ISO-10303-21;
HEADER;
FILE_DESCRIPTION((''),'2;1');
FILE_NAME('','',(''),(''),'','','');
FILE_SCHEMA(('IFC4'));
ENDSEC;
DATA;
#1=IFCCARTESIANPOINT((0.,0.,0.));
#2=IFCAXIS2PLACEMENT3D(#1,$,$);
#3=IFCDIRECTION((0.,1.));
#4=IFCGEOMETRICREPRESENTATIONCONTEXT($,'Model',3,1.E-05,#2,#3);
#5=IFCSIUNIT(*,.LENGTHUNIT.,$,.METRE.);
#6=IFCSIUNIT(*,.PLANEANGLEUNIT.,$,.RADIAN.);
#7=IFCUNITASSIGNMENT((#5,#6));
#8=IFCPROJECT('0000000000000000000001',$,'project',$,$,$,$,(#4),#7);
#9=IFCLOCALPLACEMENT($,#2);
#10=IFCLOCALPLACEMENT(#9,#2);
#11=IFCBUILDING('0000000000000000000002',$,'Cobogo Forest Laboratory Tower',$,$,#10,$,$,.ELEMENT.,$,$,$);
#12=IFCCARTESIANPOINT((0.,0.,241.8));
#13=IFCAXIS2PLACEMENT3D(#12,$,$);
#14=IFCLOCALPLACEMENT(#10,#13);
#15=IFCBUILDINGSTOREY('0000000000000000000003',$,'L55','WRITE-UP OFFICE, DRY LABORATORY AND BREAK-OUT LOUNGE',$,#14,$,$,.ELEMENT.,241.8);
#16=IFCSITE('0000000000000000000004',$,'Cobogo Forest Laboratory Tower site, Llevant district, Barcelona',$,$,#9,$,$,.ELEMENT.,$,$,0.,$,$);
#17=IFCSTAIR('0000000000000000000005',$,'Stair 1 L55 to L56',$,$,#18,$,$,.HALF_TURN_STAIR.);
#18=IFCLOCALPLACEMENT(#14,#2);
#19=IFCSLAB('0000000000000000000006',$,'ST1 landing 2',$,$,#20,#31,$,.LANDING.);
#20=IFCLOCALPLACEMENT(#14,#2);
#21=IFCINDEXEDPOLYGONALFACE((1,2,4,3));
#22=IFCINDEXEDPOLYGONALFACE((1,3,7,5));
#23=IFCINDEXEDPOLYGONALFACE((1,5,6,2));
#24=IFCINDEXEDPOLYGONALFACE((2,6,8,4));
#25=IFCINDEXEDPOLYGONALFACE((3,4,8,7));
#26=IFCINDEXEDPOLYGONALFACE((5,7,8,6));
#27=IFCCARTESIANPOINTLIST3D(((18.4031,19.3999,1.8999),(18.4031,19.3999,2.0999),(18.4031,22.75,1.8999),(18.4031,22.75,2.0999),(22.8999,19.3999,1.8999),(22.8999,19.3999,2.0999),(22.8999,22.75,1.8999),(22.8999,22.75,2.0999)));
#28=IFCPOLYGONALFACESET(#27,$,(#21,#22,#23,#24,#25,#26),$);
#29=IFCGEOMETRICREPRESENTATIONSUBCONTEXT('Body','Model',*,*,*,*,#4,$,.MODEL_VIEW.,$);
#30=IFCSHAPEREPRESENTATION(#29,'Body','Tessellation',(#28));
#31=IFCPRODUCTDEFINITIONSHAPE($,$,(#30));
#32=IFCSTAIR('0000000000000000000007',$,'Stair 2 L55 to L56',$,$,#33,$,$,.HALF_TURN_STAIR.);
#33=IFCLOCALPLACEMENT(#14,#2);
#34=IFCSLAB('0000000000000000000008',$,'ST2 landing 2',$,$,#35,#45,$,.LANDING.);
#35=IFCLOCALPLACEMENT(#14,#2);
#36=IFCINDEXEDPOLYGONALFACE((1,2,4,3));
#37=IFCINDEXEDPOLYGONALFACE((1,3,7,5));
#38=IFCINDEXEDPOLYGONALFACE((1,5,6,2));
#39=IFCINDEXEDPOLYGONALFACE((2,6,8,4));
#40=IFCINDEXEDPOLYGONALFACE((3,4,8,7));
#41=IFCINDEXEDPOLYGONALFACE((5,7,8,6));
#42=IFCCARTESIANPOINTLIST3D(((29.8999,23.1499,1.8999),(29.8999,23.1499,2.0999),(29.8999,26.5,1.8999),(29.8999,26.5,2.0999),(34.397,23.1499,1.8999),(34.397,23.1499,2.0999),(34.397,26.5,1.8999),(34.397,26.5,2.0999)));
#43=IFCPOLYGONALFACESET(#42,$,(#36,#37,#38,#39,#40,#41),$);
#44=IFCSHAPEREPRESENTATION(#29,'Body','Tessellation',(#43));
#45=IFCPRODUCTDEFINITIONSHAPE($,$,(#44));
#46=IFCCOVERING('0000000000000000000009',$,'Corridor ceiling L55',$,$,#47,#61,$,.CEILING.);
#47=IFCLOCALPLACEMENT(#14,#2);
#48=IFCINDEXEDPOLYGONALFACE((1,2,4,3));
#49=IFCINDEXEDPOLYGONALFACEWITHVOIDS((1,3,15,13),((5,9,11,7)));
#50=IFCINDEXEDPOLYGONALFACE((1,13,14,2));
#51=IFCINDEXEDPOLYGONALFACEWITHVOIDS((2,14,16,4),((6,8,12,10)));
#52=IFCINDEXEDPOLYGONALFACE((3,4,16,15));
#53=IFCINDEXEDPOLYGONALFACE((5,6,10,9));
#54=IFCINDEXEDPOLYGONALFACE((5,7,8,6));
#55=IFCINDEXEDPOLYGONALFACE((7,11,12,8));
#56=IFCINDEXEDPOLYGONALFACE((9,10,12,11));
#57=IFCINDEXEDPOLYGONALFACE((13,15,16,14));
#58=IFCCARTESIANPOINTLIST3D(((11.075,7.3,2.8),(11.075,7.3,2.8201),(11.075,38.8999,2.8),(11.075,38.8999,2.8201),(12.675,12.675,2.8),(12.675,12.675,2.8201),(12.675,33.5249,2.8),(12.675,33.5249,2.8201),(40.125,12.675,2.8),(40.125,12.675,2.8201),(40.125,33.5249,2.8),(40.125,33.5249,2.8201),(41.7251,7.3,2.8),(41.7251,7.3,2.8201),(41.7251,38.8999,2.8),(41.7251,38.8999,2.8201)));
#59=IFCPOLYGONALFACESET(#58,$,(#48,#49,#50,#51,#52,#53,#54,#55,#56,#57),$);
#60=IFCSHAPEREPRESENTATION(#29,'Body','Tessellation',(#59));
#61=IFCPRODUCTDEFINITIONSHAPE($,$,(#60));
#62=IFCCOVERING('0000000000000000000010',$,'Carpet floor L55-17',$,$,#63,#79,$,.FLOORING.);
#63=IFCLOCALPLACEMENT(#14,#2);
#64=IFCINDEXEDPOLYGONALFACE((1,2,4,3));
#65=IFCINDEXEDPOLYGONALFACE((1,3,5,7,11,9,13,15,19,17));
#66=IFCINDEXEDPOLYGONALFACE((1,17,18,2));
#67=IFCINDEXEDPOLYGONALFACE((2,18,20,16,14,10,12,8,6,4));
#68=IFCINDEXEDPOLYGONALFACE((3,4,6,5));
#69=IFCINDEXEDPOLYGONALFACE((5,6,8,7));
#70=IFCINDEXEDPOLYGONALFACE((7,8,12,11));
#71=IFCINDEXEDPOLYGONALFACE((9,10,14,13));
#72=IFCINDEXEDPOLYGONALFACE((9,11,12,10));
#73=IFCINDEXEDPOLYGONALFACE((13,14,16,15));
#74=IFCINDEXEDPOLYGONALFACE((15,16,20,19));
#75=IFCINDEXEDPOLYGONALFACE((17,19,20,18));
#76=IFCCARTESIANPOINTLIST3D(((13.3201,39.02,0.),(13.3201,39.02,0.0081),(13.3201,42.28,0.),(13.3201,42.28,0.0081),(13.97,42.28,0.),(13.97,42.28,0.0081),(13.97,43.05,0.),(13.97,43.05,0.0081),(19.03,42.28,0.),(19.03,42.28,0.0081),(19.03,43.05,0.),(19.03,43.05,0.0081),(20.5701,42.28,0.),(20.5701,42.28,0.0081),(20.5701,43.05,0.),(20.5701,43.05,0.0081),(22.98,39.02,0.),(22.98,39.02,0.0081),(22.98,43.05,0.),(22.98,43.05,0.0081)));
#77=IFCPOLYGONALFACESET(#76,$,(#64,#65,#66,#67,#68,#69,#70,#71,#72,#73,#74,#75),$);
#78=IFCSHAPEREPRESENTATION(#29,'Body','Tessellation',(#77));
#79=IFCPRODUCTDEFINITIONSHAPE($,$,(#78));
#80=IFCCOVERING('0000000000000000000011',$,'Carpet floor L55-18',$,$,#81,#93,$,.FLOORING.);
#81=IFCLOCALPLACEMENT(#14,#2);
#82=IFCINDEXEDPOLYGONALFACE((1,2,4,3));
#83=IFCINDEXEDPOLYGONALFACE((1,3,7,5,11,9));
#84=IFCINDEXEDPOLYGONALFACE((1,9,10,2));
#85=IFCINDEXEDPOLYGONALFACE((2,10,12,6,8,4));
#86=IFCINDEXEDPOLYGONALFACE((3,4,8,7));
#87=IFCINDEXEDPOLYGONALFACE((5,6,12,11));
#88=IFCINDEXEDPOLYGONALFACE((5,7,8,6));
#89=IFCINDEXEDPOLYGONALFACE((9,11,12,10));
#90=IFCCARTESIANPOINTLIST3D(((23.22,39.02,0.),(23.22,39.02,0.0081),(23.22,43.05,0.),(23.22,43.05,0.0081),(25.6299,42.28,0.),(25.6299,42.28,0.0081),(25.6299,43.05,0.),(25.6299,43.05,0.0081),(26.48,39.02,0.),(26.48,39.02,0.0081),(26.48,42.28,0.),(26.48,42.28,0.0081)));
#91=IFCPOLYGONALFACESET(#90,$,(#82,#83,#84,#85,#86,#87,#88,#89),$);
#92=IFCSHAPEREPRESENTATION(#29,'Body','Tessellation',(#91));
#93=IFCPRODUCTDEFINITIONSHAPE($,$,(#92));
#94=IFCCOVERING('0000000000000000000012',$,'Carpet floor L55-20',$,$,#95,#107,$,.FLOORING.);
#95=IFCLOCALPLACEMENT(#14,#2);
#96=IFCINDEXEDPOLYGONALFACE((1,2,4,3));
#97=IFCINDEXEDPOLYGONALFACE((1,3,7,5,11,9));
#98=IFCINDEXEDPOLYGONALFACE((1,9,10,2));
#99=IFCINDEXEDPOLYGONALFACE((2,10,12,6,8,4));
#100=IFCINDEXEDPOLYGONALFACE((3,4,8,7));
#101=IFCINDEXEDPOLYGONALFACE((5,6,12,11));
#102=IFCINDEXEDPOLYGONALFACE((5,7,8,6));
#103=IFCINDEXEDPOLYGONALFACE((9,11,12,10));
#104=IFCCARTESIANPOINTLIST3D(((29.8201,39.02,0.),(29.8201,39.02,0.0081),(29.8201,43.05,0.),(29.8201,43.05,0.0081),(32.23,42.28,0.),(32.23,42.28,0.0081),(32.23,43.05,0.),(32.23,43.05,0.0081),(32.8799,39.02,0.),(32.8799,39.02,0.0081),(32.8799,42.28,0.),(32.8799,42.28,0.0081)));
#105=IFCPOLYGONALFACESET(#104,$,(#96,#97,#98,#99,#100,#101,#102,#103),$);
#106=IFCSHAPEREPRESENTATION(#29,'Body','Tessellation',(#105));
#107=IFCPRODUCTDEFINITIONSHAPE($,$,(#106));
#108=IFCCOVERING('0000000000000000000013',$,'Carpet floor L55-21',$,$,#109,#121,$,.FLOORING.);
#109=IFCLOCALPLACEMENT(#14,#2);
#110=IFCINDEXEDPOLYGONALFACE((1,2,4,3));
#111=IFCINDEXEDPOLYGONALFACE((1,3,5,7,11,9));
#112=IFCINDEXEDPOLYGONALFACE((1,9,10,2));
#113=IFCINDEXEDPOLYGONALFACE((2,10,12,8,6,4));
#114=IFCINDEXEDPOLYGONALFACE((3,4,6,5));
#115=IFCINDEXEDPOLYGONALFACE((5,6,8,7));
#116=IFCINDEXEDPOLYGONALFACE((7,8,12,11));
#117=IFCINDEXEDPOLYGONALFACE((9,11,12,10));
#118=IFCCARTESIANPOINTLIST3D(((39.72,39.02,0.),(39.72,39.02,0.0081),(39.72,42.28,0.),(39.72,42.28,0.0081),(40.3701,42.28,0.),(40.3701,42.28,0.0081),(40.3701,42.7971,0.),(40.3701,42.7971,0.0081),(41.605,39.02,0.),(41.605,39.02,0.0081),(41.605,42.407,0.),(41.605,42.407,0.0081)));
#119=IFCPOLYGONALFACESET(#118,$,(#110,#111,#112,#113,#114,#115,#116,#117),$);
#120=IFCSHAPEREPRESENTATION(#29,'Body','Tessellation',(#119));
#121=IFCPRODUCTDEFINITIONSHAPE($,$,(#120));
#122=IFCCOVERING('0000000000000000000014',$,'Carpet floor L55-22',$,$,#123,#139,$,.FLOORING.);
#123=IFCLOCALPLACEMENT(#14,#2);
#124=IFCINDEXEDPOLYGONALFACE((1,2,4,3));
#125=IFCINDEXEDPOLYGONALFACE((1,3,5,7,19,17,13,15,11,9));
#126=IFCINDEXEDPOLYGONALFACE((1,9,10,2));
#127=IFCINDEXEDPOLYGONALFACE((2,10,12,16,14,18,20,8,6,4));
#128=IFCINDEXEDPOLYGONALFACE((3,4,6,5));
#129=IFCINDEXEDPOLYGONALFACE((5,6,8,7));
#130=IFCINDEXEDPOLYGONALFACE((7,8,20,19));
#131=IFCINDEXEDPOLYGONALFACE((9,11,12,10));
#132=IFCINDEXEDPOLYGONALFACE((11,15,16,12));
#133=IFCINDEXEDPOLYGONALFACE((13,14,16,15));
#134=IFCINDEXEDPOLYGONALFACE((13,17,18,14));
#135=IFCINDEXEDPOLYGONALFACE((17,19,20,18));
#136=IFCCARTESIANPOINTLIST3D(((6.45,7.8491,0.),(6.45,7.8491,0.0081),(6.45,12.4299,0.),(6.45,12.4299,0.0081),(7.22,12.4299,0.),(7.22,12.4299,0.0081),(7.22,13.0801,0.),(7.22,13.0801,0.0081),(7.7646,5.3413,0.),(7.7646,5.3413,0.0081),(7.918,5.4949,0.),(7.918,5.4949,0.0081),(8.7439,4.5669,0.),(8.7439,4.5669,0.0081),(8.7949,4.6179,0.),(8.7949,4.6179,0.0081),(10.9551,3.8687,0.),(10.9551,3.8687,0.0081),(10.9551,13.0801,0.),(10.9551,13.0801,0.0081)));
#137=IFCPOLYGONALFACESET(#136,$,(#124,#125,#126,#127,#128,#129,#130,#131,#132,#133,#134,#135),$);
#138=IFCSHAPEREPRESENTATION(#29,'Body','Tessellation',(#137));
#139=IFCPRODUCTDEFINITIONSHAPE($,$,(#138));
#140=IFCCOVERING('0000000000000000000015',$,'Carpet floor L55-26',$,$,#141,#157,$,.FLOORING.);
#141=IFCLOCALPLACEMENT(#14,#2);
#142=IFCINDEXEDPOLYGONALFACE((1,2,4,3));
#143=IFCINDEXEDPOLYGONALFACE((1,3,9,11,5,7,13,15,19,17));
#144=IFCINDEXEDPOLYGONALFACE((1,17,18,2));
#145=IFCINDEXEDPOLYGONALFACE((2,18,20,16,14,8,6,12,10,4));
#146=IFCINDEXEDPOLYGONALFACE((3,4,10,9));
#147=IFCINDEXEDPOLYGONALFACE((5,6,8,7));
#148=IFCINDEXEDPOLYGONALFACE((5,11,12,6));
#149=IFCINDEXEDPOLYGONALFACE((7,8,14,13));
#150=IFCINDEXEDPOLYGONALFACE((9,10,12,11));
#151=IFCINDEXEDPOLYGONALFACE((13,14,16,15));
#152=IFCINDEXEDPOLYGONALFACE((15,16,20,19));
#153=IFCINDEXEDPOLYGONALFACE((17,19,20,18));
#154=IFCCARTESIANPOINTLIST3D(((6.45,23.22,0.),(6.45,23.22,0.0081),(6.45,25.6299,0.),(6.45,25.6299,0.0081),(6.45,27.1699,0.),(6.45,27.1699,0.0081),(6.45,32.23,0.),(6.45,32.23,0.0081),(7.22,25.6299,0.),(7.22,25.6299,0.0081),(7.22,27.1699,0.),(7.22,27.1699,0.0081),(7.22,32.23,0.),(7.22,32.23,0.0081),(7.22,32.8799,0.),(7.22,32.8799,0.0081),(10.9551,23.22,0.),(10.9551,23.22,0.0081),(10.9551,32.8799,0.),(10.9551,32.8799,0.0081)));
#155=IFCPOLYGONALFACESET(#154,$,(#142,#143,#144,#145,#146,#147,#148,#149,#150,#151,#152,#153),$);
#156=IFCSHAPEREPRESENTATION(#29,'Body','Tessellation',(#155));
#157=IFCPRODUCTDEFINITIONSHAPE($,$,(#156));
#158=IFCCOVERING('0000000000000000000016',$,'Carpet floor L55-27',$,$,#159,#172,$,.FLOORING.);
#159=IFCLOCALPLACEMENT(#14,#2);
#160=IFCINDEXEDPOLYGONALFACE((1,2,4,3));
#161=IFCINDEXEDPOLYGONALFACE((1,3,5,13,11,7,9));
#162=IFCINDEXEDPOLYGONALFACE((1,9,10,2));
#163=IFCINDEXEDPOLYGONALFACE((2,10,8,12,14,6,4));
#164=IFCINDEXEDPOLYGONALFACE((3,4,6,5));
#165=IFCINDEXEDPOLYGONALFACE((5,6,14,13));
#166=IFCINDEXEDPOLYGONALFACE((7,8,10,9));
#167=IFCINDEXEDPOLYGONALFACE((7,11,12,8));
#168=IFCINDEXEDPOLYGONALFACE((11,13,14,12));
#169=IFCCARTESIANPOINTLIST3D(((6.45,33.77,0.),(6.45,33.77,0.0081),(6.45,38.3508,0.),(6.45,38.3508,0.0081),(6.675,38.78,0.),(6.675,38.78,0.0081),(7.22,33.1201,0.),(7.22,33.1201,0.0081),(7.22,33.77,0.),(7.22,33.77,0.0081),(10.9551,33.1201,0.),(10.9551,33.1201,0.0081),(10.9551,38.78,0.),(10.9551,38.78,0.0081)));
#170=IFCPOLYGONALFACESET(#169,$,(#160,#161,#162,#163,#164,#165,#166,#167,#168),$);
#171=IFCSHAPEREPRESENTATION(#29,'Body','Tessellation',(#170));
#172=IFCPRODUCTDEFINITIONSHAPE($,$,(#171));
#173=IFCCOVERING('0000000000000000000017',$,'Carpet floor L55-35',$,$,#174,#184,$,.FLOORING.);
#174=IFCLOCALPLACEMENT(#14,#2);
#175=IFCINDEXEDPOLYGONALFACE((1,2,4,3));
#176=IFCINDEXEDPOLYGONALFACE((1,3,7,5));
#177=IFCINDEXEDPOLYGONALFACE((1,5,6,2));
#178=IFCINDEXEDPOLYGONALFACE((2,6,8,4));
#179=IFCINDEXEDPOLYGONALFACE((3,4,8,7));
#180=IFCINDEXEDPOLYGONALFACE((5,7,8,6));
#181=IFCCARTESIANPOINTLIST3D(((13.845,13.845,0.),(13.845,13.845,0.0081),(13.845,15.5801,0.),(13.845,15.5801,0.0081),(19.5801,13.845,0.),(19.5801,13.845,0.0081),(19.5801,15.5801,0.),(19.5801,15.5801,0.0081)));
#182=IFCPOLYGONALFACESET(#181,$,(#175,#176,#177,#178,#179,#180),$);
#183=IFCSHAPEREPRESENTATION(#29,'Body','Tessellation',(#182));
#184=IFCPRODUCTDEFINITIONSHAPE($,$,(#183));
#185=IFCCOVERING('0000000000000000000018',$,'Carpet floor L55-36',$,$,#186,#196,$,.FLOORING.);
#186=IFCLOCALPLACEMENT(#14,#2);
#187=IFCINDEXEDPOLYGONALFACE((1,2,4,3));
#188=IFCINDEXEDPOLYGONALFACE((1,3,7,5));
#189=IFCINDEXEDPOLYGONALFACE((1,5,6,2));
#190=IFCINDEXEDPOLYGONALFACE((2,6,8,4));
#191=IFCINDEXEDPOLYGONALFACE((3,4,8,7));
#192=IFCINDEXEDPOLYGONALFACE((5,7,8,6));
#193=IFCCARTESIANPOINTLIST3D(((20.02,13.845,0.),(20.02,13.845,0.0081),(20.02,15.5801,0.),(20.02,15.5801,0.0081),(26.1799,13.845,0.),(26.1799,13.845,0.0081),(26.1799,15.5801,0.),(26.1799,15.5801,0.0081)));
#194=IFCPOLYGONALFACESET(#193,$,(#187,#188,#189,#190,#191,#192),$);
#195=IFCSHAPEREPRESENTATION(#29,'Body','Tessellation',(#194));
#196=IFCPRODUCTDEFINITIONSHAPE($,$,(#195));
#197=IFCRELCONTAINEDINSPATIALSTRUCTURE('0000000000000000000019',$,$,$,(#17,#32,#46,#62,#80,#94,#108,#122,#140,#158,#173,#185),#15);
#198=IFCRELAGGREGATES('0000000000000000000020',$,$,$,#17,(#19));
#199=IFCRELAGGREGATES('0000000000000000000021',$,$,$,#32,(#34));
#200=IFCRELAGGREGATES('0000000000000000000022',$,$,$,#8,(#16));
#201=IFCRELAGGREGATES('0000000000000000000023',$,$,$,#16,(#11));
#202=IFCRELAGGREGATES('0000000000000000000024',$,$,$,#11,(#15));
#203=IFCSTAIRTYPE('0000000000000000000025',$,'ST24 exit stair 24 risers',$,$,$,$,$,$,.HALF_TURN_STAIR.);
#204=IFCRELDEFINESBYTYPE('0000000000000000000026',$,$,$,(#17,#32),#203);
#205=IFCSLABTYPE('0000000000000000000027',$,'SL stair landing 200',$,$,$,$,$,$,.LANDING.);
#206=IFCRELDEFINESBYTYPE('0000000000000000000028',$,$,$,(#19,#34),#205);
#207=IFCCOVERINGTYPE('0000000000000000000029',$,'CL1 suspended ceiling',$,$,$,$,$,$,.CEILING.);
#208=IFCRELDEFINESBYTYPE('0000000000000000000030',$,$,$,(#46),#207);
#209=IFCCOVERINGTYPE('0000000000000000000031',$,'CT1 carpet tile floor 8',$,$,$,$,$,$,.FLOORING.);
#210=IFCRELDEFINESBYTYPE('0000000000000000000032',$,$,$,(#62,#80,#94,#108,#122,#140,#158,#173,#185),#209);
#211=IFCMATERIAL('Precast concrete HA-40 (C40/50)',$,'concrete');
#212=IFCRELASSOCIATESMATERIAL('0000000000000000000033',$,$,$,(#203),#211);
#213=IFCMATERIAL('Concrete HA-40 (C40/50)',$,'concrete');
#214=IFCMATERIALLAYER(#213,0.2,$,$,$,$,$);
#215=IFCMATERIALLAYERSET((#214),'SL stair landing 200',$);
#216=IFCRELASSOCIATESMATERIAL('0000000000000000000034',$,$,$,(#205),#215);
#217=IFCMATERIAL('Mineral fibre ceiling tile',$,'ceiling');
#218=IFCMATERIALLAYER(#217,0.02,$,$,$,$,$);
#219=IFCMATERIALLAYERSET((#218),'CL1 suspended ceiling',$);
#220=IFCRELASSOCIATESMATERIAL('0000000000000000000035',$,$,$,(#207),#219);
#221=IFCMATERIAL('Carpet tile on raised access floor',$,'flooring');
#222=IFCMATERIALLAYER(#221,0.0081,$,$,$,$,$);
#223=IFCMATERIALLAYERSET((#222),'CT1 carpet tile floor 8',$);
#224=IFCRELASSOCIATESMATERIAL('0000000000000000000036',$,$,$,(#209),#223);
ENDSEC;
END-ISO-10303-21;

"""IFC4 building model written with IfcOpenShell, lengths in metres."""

from ifc_helpers import new_model, si_unit, direction, frame, origin, place, context, subcontext, project, spatial, polyline, outline, extrude, material, layer, layer_set, type_object, element, aggregate, save


model = new_model("IFC4")

# Units and contexts
model_context = context("Model", 3, precision=1e-05, world=origin(), true_north=direction((0.0, 1.0)))
body_context = subcontext(model_context, "Body", "Model", "MODEL_VIEW")
ifc_project = project(units=[si_unit("LENGTHUNIT", "METRE"), si_unit("PLANEANGLEUNIT", "RADIAN")], contexts=[model_context])

# Site, building, storey
site_placement = place(None, origin())
site = spatial("IfcSite", under=ifc_project, at=site_placement, Name="Cobogo Forest Laboratory Tower site, Llevant district, Barcelona", CompositionType="ELEMENT", RefElevation=0.0)
building_placement = place(site_placement, origin())
building = spatial("IfcBuilding", under=site, at=building_placement, Name="Cobogo Forest Laboratory Tower", CompositionType="ELEMENT")
storey_placement = place(building_placement, frame((0.0, 0.0, 241.8)))
storey = spatial("IfcBuildingStorey", under=building, at=storey_placement, Name="L55", Description="WRITE-UP OFFICE, DRY LABORATORY AND BREAK-OUT LOUNGE", CompositionType="ELEMENT", Elevation=241.8)

# Stairs, slabs
ifc_material_1 = material(Name="Precast concrete HA-40 (C40/50)", Category="concrete")
stair_type = type_object("IfcStairType", Name="ST24 exit stair 24 risers", PredefinedType="HALF_TURN_STAIR", material=ifc_material_1)
stair_1_placement = place(storey_placement, origin())
stair_1 = element("IfcStair", 1, at=stair_1_placement, inside=storey, type_object=stair_type, Name="Stair 1 L55 to L56", PredefinedType="HALF_TURN_STAIR")
ifc_material_2 = material(Name="Concrete HA-40 (C40/50)", Category="concrete")
ifc_layer_1 = layer(ifc_material_2, 0.2)
ifc_layer_set_1 = layer_set([ifc_layer_1], Name="SL stair landing 200")
slab_type = type_object("IfcSlabType", Name="SL stair landing 200", PredefinedType="LANDING", material=ifc_layer_set_1)
slab_1_placement = place(storey_placement, frame((0.0, 0.0, 1.8999)))
slab_1 = element("IfcSlab", 2, at=slab_1_placement, type_object=slab_type, Name="ST1 landing 2", PredefinedType="LANDING", context=body_context, shape_type="SweptSolid", body=[
    extrude(outline(polyline([(18.4031, 19.3999), (22.8999, 19.3999), (22.8999, 22.75), (18.4031, 22.75), (18.4031, 19.3999)])), origin(), (0.0, 0.0, 1.0), 0.2),
])
aggregate(stair_1, [slab_1])
stair_2_placement = place(storey_placement, origin())
stair_2 = element("IfcStair", 3, at=stair_2_placement, inside=storey, type_object=stair_type, Name="Stair 2 L55 to L56", PredefinedType="HALF_TURN_STAIR")
slab_2_placement = place(storey_placement, frame((0.0, 0.0, 1.8999)))
slab_2 = element("IfcSlab", 4, at=slab_2_placement, type_object=slab_type, Name="ST2 landing 2", PredefinedType="LANDING", context=body_context, shape_type="SweptSolid", body=[
    extrude(outline(polyline([(29.8999, 23.1499), (34.397, 23.1499), (34.397, 26.5), (29.8999, 26.5), (29.8999, 23.1499)])), origin(), (0.0, 0.0, 1.0), 0.2),
])
aggregate(stair_2, [slab_2])

# Coverings
ifc_material_3 = material(Name="Mineral fibre ceiling tile", Category="ceiling")
ifc_layer_2 = layer(ifc_material_3, 0.02)
ifc_layer_set_2 = layer_set([ifc_layer_2], Name="CL1 suspended ceiling")
covering_type_1 = type_object("IfcCoveringType", Name="CL1 suspended ceiling", PredefinedType="CEILING", material=ifc_layer_set_2)
covering_1_placement = place(storey_placement, frame((0.0, 0.0, 2.8)))
element("IfcCovering", 5, at=covering_1_placement, inside=storey, type_object=covering_type_1, Name="Corridor ceiling L55", PredefinedType="CEILING", context=body_context, shape_type="SweptSolid", body=[
    extrude(outline(polyline([(11.075, 7.3), (11.075, 38.8999), (41.7251, 38.8999), (41.7251, 7.3), (11.075, 7.3)]), holes=[polyline([(40.125, 33.5249), (12.675, 33.5249), (12.675, 12.675), (40.125, 12.675), (40.125, 33.5249)])]), origin(), (0.0, 0.0, 1.0), 0.02),
])
ifc_material_4 = material(Name="Carpet tile on raised access floor", Category="flooring")
ifc_layer_3 = layer(ifc_material_4, 0.0081)
ifc_layer_set_3 = layer_set([ifc_layer_3], Name="CT1 carpet tile floor 8")
covering_type_2 = type_object("IfcCoveringType", Name="CT1 carpet tile floor 8", PredefinedType="FLOORING", material=ifc_layer_set_3)
covering_2_placement = place(storey_placement, origin())
element("IfcCovering", 6, at=covering_2_placement, inside=storey, type_object=covering_type_2, Name="Carpet floor L55-17", PredefinedType="FLOORING", context=body_context, shape_type="SweptSolid", body=[
    extrude(outline(polyline([(13.3201, 39.02), (13.3201, 42.28), (13.97, 42.28), (13.97, 43.05), (19.03, 43.05), (19.03, 42.28), (20.5701, 42.28), (20.5701, 43.05), (22.98, 43.05), (22.98, 39.02), (13.3201, 39.02)])), origin(), (0.0, 0.0, 1.0), 0.0081),
])
covering_3_placement = place(storey_placement, origin())
element("IfcCovering", 7, at=covering_3_placement, inside=storey, type_object=covering_type_2, Name="Carpet floor L55-18", PredefinedType="FLOORING", context=body_context, shape_type="SweptSolid", body=[
    extrude(outline(polyline([(23.22, 39.02), (23.22, 43.05), (25.6299, 43.05), (25.6299, 42.28), (26.48, 42.28), (26.48, 39.02), (23.22, 39.02)])), origin(), (0.0, 0.0, 1.0), 0.0081),
])
covering_4_placement = place(storey_placement, origin())
element("IfcCovering", 8, at=covering_4_placement, inside=storey, type_object=covering_type_2, Name="Carpet floor L55-20", PredefinedType="FLOORING", context=body_context, shape_type="SweptSolid", body=[
    extrude(outline(polyline([(29.8201, 39.02), (29.8201, 43.05), (32.23, 43.05), (32.23, 42.28), (32.8799, 42.28), (32.8799, 39.02), (29.8201, 39.02)])), origin(), (0.0, 0.0, 1.0), 0.0081),
])
covering_5_placement = place(storey_placement, origin())
element("IfcCovering", 9, at=covering_5_placement, inside=storey, type_object=covering_type_2, Name="Carpet floor L55-21", PredefinedType="FLOORING", context=body_context, shape_type="SweptSolid", body=[
    extrude(outline(polyline([(39.72, 39.02), (39.72, 42.28), (40.3701, 42.28), (40.3701, 42.7971), (41.605, 42.407), (41.605, 39.02), (39.72, 39.02)])), origin(), (0.0, 0.0, 1.0), 0.0081),
])
covering_6_placement = place(storey_placement, origin())
element("IfcCovering", 10, at=covering_6_placement, inside=storey, type_object=covering_type_2, Name="Carpet floor L55-22", PredefinedType="FLOORING", context=body_context, shape_type="SweptSolid", body=[
    extrude(outline(polyline([(8.7439, 4.5669), (8.7949, 4.6179), (7.918, 5.4949), (7.7646, 5.3413), (6.45, 7.8491), (6.45, 12.4299), (7.22, 12.4299), (7.22, 13.0801), (10.9551, 13.0801), (10.9551, 3.8687), (8.7439, 4.5669)])), origin(), (0.0, 0.0, 1.0), 0.0081),
])
covering_7_placement = place(storey_placement, origin())
element("IfcCovering", 11, at=covering_7_placement, inside=storey, type_object=covering_type_2, Name="Carpet floor L55-26", PredefinedType="FLOORING", context=body_context, shape_type="SweptSolid", body=[
    extrude(outline(polyline([(10.9551, 23.22), (6.45, 23.22), (6.45, 25.6299), (7.22, 25.6299), (7.22, 27.1699), (6.45, 27.1699), (6.45, 32.23), (7.22, 32.23), (7.22, 32.8799), (10.9551, 32.8799), (10.9551, 23.22)])), origin(), (0.0, 0.0, 1.0), 0.0081),
])
covering_8_placement = place(storey_placement, origin())
element("IfcCovering", 12, at=covering_8_placement, inside=storey, type_object=covering_type_2, Name="Carpet floor L55-27", PredefinedType="FLOORING", context=body_context, shape_type="SweptSolid", body=[
    extrude(outline(polyline([(10.9551, 33.1201), (7.22, 33.1201), (7.22, 33.77), (6.45, 33.77), (6.45, 38.3508), (6.675, 38.78), (10.9551, 38.78), (10.9551, 33.1201)])), origin(), (0.0, 0.0, 1.0), 0.0081),
])
covering_9_placement = place(storey_placement, origin())
element("IfcCovering", 13, at=covering_9_placement, inside=storey, type_object=covering_type_2, Name="Carpet floor L55-35", PredefinedType="FLOORING", context=body_context, shape_type="SweptSolid", body=[
    extrude(outline(polyline([(19.5801, 13.845), (13.845, 13.845), (13.845, 15.5801), (19.5801, 15.5801), (19.5801, 13.845)])), origin(), (0.0, 0.0, 1.0), 0.0081),
])
covering_10_placement = place(storey_placement, origin())
element("IfcCovering", 14, at=covering_10_placement, inside=storey, type_object=covering_type_2, Name="Carpet floor L55-36", PredefinedType="FLOORING", context=body_context, shape_type="SweptSolid", body=[
    extrude(outline(polyline([(26.1799, 13.845), (20.02, 13.845), (20.02, 15.5801), (26.1799, 15.5801), (26.1799, 13.845)])), origin(), (0.0, 0.0, 1.0), 0.0081),
])

save(model, "model.ifc")
